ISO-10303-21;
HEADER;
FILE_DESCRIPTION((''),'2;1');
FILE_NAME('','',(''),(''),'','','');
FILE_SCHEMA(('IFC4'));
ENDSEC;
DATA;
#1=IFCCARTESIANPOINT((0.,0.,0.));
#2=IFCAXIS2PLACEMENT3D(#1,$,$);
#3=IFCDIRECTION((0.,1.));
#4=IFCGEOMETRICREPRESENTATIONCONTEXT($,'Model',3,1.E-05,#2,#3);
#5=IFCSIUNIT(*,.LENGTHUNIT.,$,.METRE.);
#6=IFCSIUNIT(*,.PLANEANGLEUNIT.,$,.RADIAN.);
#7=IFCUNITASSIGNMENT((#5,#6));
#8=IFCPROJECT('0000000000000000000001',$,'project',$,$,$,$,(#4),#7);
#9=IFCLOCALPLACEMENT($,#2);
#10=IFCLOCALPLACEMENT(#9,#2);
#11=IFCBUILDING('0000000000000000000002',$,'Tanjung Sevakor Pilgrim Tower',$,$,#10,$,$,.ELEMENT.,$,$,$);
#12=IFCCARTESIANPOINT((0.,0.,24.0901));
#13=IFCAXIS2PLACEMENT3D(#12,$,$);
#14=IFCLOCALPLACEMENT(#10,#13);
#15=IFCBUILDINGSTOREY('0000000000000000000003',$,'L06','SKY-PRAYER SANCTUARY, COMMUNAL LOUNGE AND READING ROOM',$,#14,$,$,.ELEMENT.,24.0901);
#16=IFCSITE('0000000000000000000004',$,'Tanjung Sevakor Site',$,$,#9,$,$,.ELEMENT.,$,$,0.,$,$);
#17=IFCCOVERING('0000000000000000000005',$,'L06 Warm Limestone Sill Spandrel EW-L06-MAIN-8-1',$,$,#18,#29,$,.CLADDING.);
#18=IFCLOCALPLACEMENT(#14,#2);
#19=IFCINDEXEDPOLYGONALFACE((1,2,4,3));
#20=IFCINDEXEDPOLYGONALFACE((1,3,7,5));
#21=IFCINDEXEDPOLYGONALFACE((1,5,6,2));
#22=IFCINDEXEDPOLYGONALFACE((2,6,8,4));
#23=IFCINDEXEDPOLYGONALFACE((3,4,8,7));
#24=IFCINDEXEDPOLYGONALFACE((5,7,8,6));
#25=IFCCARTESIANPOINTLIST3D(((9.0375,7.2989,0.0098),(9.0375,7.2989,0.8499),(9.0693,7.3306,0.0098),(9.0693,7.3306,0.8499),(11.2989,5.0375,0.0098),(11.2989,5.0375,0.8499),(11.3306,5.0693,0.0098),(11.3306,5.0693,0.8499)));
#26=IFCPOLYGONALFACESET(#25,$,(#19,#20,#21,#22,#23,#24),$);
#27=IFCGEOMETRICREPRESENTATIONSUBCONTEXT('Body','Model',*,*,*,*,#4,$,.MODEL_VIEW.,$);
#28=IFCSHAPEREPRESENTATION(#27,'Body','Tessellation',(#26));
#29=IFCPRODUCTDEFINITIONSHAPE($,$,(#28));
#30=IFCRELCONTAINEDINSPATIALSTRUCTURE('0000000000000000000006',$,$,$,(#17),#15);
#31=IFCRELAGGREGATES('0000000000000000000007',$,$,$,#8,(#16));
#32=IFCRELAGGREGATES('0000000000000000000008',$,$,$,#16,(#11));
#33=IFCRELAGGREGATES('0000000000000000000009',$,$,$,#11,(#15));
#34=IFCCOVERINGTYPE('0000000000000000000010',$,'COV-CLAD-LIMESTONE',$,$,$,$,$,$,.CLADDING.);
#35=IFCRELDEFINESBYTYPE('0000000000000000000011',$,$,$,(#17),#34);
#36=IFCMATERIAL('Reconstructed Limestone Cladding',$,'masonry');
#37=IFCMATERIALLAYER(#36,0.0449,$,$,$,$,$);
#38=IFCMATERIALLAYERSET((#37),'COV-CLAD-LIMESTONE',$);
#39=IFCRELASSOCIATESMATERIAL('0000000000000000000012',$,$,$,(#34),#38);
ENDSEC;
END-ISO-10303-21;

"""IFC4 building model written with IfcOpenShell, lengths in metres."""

from ifc_helpers import new_model, si_unit, direction, frame, origin, origin_2d, place, context, subcontext, project, spatial, rectangle, extrude, material, layer, layer_set, type_object, element, save


model = new_model("IFC4")

# Units and contexts
model_context = context("Model", 3, precision=1e-05, world=origin(), true_north=direction((0.0, 1.0)))
body_context = subcontext(model_context, "Body", "Model", "MODEL_VIEW")
ifc_project = project(units=[si_unit("LENGTHUNIT", "METRE"), si_unit("PLANEANGLEUNIT", "RADIAN")], contexts=[model_context])

# Site, building, storey
site_placement = place(None, origin())
site = spatial("IfcSite", under=ifc_project, at=site_placement, Name="Tanjung Sevakor Site", CompositionType="ELEMENT", RefElevation=0.0)
building_placement = place(site_placement, origin())
building = spatial("IfcBuilding", under=site, at=building_placement, Name="Tanjung Sevakor Pilgrim Tower", CompositionType="ELEMENT")
storey_placement = place(building_placement, frame((0.0, 0.0, 24.0901)))
storey = spatial("IfcBuildingStorey", under=building, at=storey_placement, Name="L06", Description="SKY-PRAYER SANCTUARY, COMMUNAL LOUNGE AND READING ROOM", CompositionType="ELEMENT", Elevation=24.0901)

# Covering
ifc_material_1 = material(Name="Reconstructed Limestone Cladding", Category="masonry")
ifc_layer_1 = layer(ifc_material_1, 0.0449)
ifc_layer_set_1 = layer_set([ifc_layer_1], Name="COV-CLAD-LIMESTONE")
covering_type = type_object("IfcCoveringType", Name="COV-CLAD-LIMESTONE", PredefinedType="CLADDING", material=ifc_layer_set_1)
covering_placement = place(storey_placement, frame((10.1841, 6.1841, 0.0098), z_axis=(0.0, 0.0, 1.0), x_axis=(0.707107, -0.707107, 0.0)))
element("IfcCovering", 1, at=covering_placement, inside=storey, type_object=covering_type, Name="L06 Warm Limestone Sill Spandrel EW-L06-MAIN-8-1", PredefinedType="CLADDING", context=body_context, shape_type="SweptSolid", body=[
    extrude(rectangle(XDim=3.198, YDim=0.0449, at=origin_2d()), origin(), (0.0, 0.0, 1.0), 0.8401),
])

save(model, "model.ifc")
